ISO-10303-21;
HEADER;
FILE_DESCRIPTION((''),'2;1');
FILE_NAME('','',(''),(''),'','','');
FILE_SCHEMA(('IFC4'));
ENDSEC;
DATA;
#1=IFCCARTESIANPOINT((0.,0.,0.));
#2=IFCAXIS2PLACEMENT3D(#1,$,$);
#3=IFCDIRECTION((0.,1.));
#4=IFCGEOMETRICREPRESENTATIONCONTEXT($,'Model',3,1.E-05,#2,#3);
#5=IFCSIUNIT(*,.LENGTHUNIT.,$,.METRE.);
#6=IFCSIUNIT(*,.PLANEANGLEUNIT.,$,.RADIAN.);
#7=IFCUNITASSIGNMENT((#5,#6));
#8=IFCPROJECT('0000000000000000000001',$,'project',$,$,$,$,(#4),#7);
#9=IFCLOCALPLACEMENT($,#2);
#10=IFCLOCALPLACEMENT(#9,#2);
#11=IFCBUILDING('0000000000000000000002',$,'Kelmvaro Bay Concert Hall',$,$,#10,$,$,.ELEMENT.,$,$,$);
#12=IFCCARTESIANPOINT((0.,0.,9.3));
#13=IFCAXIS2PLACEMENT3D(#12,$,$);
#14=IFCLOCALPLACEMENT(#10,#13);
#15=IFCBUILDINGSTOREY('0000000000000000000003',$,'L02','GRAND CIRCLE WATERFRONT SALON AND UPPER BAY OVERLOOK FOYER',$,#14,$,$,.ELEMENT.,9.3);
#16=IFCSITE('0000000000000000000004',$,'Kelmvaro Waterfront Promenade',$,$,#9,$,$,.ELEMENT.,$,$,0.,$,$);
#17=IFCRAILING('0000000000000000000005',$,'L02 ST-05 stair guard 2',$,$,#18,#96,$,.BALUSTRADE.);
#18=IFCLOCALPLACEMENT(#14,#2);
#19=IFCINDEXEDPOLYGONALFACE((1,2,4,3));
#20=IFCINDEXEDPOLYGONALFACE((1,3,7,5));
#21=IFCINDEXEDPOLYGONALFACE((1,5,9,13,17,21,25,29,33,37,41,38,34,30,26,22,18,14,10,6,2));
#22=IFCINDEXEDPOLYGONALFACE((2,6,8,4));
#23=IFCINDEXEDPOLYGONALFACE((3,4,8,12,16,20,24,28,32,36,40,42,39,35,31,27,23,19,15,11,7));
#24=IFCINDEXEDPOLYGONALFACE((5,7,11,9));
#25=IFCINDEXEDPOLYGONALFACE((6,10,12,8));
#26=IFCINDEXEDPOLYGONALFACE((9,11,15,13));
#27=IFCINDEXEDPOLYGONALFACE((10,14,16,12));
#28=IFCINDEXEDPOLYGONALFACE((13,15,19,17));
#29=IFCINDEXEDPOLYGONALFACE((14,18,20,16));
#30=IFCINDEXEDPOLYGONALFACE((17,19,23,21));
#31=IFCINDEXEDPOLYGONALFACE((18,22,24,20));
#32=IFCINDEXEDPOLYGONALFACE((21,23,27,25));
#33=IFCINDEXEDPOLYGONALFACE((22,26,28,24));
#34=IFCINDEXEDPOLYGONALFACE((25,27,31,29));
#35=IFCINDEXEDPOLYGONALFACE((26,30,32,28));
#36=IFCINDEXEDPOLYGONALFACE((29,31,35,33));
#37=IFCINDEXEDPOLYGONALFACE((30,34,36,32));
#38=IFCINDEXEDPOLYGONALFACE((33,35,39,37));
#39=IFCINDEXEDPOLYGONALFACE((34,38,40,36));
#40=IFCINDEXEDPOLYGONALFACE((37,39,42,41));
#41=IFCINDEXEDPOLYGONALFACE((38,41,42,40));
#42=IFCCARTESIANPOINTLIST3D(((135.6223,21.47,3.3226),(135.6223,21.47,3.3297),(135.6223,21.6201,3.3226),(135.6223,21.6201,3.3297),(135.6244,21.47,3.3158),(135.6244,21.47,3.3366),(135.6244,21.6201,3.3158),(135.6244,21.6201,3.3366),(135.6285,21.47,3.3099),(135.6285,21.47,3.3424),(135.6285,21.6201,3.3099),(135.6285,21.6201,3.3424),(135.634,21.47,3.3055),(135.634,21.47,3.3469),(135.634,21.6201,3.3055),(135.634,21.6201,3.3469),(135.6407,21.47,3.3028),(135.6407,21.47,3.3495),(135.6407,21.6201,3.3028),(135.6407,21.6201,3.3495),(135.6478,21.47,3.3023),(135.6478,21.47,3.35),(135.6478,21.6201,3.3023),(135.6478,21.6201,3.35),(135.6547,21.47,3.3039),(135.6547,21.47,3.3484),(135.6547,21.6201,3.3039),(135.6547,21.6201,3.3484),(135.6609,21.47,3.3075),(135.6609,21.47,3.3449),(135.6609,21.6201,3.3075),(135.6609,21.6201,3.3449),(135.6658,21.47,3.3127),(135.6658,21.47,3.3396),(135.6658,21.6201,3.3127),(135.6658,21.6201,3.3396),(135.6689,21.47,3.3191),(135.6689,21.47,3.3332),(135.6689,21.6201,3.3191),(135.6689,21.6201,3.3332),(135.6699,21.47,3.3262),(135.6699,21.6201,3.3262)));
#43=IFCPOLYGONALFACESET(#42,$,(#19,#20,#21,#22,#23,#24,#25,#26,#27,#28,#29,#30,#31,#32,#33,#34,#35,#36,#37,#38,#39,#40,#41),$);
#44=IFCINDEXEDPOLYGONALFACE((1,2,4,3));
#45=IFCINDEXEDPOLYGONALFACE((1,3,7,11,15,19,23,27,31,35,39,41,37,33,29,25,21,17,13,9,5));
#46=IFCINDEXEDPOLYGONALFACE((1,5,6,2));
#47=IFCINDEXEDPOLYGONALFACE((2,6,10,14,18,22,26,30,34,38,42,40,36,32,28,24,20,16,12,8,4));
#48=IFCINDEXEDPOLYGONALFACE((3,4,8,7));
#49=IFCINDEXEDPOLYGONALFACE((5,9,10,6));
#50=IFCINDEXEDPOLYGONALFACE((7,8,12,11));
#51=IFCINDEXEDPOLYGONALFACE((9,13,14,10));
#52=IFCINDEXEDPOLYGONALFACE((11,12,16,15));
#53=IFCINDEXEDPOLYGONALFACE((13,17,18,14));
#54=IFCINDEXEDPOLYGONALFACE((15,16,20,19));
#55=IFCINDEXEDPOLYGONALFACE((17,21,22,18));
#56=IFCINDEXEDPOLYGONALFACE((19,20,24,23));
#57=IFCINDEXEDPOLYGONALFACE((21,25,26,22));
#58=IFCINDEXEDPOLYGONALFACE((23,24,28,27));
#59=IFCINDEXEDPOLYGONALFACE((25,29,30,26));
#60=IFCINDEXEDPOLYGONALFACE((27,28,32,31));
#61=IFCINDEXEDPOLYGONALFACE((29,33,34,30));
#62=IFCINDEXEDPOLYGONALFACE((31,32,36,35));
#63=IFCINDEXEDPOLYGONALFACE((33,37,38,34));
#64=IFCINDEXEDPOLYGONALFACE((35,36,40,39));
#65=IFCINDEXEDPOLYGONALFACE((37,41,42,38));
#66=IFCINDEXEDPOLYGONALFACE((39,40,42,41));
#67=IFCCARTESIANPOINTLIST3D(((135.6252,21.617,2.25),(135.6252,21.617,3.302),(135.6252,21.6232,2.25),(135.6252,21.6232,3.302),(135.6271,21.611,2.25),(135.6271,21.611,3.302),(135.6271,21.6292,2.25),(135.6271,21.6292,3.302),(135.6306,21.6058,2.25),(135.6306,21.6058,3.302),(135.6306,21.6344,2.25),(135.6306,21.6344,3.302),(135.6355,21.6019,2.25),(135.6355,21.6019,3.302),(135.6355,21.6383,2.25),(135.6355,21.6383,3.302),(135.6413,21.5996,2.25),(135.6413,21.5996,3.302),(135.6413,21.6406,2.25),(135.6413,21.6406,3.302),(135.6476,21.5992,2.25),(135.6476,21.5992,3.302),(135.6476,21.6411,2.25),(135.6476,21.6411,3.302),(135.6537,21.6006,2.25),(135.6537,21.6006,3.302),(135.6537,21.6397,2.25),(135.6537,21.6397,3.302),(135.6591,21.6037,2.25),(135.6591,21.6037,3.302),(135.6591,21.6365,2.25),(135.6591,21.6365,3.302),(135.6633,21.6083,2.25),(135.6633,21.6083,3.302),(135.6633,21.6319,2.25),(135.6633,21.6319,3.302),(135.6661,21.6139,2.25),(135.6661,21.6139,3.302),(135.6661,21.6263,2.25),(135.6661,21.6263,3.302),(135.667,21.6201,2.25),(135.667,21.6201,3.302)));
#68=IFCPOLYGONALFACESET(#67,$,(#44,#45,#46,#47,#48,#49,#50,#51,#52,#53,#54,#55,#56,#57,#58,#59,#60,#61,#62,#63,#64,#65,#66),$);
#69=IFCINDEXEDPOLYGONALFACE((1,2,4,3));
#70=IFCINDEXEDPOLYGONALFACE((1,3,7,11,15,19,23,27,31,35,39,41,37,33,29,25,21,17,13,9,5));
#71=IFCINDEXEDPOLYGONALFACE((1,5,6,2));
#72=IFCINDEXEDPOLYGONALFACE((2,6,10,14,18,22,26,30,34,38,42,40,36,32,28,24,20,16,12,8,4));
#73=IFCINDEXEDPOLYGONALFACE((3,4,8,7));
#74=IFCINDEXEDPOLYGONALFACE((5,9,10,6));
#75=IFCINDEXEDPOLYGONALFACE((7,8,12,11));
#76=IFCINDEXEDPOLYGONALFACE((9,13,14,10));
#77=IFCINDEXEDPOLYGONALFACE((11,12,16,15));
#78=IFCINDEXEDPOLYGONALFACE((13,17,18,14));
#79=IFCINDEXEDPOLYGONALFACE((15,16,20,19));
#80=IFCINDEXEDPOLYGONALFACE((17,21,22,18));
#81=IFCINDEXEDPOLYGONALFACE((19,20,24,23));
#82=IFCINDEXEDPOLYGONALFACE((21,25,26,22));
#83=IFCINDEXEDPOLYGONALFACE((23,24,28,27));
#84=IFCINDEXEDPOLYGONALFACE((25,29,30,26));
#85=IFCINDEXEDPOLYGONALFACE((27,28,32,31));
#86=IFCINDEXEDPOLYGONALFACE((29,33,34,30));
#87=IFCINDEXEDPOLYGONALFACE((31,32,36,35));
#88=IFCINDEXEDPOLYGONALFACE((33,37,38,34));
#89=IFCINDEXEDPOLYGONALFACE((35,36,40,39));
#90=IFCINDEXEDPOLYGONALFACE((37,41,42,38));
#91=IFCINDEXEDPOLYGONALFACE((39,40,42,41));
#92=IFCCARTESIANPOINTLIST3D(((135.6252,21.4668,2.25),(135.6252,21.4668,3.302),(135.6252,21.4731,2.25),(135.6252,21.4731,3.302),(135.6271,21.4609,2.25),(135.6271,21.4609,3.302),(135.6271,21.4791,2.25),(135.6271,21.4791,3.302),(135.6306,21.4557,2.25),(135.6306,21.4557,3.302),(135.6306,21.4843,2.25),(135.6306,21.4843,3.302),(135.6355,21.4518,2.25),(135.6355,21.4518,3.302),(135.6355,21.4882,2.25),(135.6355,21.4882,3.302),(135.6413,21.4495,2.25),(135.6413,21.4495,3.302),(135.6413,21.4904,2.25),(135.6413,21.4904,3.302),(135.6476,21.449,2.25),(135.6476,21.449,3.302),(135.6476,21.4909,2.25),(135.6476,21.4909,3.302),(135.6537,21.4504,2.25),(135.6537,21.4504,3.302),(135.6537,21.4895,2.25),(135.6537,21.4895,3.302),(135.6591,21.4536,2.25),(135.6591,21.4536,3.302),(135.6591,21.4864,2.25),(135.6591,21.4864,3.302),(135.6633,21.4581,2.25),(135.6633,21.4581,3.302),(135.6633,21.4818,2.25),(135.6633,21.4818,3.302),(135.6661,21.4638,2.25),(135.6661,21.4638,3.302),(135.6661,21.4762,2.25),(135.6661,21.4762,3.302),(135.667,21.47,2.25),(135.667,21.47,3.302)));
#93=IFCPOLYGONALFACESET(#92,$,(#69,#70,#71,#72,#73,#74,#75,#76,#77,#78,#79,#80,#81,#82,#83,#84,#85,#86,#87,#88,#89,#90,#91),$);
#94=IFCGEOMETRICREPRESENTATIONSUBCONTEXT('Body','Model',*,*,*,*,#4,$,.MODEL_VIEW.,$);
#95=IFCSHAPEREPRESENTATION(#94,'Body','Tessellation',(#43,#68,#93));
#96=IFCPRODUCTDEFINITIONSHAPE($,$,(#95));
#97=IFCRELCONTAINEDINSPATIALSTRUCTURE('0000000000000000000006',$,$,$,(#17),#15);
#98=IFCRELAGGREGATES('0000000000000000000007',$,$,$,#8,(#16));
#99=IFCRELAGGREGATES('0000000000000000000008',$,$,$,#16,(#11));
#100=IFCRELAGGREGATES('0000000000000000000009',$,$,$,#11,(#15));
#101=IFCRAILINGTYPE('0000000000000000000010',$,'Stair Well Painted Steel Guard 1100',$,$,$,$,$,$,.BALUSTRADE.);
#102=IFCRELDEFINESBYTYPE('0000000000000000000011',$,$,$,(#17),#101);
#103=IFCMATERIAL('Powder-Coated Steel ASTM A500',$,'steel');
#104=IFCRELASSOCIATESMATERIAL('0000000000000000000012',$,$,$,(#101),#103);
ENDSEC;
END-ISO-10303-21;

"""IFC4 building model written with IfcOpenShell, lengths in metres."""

from ifc_helpers import new_model, si_unit, direction, frame, origin, origin_2d, place, context, subcontext, project, spatial, circle, extrude, material, type_object, element, save


model = new_model("IFC4")

# Units and contexts
model_context = context("Model", 3, precision=1e-05, world=origin(), true_north=direction((0.0, 1.0)))
body_context = subcontext(model_context, "Body", "Model", "MODEL_VIEW")
ifc_project = project(units=[si_unit("LENGTHUNIT", "METRE"), si_unit("PLANEANGLEUNIT", "RADIAN")], contexts=[model_context])

# Site, building, storey
site_placement = place(None, origin())
site = spatial("IfcSite", under=ifc_project, at=site_placement, Name="Kelmvaro Waterfront Promenade", CompositionType="ELEMENT", RefElevation=0.0)
building_placement = place(site_placement, origin())
building = spatial("IfcBuilding", under=site, at=building_placement, Name="Kelmvaro Bay Concert Hall", CompositionType="ELEMENT")
storey_placement = place(building_placement, frame((0.0, 0.0, 9.3)))
storey = spatial("IfcBuildingStorey", under=building, at=storey_placement, Name="L02", Description="GRAND CIRCLE WATERFRONT SALON AND UPPER BAY OVERLOOK FOYER", CompositionType="ELEMENT", Elevation=9.3)

# Railing
ifc_material_1 = material(Name="Powder-Coated Steel ASTM A500", Category="steel")
railing_type_1 = type_object("IfcRailingType", Name="Stair Well Painted Steel Guard 1100", PredefinedType="BALUSTRADE", material=ifc_material_1)
railing_1_placement = place(storey_placement, frame((135.646, 21.6201, 2.25)))
element("IfcRailing", 1, at=railing_1_placement, inside=storey, type_object=railing_type_1, Name="L02 ST-05 stair guard 2", PredefinedType="BALUSTRADE", context=body_context, shape_type="SweptSolid", body=[
    extrude(circle(Radius=0.0239, at=origin_2d()), frame((0.0, 0.0, 1.0762), z_axis=(0.0, -1.0, 0.0), x_axis=(1.0, 0.0, 0.0)), (0.0, 0.0, 1.0), 0.1501),
    extrude(circle(Radius=0.021, at=origin_2d()), origin(), (0.0, 0.0, 1.0), 1.052),
    extrude(circle(Radius=0.021, at=origin_2d()), frame((0.0, -0.1501, 0.0)), (0.0, 0.0, 1.0), 1.052),
])

save(model, "model.ifc")
